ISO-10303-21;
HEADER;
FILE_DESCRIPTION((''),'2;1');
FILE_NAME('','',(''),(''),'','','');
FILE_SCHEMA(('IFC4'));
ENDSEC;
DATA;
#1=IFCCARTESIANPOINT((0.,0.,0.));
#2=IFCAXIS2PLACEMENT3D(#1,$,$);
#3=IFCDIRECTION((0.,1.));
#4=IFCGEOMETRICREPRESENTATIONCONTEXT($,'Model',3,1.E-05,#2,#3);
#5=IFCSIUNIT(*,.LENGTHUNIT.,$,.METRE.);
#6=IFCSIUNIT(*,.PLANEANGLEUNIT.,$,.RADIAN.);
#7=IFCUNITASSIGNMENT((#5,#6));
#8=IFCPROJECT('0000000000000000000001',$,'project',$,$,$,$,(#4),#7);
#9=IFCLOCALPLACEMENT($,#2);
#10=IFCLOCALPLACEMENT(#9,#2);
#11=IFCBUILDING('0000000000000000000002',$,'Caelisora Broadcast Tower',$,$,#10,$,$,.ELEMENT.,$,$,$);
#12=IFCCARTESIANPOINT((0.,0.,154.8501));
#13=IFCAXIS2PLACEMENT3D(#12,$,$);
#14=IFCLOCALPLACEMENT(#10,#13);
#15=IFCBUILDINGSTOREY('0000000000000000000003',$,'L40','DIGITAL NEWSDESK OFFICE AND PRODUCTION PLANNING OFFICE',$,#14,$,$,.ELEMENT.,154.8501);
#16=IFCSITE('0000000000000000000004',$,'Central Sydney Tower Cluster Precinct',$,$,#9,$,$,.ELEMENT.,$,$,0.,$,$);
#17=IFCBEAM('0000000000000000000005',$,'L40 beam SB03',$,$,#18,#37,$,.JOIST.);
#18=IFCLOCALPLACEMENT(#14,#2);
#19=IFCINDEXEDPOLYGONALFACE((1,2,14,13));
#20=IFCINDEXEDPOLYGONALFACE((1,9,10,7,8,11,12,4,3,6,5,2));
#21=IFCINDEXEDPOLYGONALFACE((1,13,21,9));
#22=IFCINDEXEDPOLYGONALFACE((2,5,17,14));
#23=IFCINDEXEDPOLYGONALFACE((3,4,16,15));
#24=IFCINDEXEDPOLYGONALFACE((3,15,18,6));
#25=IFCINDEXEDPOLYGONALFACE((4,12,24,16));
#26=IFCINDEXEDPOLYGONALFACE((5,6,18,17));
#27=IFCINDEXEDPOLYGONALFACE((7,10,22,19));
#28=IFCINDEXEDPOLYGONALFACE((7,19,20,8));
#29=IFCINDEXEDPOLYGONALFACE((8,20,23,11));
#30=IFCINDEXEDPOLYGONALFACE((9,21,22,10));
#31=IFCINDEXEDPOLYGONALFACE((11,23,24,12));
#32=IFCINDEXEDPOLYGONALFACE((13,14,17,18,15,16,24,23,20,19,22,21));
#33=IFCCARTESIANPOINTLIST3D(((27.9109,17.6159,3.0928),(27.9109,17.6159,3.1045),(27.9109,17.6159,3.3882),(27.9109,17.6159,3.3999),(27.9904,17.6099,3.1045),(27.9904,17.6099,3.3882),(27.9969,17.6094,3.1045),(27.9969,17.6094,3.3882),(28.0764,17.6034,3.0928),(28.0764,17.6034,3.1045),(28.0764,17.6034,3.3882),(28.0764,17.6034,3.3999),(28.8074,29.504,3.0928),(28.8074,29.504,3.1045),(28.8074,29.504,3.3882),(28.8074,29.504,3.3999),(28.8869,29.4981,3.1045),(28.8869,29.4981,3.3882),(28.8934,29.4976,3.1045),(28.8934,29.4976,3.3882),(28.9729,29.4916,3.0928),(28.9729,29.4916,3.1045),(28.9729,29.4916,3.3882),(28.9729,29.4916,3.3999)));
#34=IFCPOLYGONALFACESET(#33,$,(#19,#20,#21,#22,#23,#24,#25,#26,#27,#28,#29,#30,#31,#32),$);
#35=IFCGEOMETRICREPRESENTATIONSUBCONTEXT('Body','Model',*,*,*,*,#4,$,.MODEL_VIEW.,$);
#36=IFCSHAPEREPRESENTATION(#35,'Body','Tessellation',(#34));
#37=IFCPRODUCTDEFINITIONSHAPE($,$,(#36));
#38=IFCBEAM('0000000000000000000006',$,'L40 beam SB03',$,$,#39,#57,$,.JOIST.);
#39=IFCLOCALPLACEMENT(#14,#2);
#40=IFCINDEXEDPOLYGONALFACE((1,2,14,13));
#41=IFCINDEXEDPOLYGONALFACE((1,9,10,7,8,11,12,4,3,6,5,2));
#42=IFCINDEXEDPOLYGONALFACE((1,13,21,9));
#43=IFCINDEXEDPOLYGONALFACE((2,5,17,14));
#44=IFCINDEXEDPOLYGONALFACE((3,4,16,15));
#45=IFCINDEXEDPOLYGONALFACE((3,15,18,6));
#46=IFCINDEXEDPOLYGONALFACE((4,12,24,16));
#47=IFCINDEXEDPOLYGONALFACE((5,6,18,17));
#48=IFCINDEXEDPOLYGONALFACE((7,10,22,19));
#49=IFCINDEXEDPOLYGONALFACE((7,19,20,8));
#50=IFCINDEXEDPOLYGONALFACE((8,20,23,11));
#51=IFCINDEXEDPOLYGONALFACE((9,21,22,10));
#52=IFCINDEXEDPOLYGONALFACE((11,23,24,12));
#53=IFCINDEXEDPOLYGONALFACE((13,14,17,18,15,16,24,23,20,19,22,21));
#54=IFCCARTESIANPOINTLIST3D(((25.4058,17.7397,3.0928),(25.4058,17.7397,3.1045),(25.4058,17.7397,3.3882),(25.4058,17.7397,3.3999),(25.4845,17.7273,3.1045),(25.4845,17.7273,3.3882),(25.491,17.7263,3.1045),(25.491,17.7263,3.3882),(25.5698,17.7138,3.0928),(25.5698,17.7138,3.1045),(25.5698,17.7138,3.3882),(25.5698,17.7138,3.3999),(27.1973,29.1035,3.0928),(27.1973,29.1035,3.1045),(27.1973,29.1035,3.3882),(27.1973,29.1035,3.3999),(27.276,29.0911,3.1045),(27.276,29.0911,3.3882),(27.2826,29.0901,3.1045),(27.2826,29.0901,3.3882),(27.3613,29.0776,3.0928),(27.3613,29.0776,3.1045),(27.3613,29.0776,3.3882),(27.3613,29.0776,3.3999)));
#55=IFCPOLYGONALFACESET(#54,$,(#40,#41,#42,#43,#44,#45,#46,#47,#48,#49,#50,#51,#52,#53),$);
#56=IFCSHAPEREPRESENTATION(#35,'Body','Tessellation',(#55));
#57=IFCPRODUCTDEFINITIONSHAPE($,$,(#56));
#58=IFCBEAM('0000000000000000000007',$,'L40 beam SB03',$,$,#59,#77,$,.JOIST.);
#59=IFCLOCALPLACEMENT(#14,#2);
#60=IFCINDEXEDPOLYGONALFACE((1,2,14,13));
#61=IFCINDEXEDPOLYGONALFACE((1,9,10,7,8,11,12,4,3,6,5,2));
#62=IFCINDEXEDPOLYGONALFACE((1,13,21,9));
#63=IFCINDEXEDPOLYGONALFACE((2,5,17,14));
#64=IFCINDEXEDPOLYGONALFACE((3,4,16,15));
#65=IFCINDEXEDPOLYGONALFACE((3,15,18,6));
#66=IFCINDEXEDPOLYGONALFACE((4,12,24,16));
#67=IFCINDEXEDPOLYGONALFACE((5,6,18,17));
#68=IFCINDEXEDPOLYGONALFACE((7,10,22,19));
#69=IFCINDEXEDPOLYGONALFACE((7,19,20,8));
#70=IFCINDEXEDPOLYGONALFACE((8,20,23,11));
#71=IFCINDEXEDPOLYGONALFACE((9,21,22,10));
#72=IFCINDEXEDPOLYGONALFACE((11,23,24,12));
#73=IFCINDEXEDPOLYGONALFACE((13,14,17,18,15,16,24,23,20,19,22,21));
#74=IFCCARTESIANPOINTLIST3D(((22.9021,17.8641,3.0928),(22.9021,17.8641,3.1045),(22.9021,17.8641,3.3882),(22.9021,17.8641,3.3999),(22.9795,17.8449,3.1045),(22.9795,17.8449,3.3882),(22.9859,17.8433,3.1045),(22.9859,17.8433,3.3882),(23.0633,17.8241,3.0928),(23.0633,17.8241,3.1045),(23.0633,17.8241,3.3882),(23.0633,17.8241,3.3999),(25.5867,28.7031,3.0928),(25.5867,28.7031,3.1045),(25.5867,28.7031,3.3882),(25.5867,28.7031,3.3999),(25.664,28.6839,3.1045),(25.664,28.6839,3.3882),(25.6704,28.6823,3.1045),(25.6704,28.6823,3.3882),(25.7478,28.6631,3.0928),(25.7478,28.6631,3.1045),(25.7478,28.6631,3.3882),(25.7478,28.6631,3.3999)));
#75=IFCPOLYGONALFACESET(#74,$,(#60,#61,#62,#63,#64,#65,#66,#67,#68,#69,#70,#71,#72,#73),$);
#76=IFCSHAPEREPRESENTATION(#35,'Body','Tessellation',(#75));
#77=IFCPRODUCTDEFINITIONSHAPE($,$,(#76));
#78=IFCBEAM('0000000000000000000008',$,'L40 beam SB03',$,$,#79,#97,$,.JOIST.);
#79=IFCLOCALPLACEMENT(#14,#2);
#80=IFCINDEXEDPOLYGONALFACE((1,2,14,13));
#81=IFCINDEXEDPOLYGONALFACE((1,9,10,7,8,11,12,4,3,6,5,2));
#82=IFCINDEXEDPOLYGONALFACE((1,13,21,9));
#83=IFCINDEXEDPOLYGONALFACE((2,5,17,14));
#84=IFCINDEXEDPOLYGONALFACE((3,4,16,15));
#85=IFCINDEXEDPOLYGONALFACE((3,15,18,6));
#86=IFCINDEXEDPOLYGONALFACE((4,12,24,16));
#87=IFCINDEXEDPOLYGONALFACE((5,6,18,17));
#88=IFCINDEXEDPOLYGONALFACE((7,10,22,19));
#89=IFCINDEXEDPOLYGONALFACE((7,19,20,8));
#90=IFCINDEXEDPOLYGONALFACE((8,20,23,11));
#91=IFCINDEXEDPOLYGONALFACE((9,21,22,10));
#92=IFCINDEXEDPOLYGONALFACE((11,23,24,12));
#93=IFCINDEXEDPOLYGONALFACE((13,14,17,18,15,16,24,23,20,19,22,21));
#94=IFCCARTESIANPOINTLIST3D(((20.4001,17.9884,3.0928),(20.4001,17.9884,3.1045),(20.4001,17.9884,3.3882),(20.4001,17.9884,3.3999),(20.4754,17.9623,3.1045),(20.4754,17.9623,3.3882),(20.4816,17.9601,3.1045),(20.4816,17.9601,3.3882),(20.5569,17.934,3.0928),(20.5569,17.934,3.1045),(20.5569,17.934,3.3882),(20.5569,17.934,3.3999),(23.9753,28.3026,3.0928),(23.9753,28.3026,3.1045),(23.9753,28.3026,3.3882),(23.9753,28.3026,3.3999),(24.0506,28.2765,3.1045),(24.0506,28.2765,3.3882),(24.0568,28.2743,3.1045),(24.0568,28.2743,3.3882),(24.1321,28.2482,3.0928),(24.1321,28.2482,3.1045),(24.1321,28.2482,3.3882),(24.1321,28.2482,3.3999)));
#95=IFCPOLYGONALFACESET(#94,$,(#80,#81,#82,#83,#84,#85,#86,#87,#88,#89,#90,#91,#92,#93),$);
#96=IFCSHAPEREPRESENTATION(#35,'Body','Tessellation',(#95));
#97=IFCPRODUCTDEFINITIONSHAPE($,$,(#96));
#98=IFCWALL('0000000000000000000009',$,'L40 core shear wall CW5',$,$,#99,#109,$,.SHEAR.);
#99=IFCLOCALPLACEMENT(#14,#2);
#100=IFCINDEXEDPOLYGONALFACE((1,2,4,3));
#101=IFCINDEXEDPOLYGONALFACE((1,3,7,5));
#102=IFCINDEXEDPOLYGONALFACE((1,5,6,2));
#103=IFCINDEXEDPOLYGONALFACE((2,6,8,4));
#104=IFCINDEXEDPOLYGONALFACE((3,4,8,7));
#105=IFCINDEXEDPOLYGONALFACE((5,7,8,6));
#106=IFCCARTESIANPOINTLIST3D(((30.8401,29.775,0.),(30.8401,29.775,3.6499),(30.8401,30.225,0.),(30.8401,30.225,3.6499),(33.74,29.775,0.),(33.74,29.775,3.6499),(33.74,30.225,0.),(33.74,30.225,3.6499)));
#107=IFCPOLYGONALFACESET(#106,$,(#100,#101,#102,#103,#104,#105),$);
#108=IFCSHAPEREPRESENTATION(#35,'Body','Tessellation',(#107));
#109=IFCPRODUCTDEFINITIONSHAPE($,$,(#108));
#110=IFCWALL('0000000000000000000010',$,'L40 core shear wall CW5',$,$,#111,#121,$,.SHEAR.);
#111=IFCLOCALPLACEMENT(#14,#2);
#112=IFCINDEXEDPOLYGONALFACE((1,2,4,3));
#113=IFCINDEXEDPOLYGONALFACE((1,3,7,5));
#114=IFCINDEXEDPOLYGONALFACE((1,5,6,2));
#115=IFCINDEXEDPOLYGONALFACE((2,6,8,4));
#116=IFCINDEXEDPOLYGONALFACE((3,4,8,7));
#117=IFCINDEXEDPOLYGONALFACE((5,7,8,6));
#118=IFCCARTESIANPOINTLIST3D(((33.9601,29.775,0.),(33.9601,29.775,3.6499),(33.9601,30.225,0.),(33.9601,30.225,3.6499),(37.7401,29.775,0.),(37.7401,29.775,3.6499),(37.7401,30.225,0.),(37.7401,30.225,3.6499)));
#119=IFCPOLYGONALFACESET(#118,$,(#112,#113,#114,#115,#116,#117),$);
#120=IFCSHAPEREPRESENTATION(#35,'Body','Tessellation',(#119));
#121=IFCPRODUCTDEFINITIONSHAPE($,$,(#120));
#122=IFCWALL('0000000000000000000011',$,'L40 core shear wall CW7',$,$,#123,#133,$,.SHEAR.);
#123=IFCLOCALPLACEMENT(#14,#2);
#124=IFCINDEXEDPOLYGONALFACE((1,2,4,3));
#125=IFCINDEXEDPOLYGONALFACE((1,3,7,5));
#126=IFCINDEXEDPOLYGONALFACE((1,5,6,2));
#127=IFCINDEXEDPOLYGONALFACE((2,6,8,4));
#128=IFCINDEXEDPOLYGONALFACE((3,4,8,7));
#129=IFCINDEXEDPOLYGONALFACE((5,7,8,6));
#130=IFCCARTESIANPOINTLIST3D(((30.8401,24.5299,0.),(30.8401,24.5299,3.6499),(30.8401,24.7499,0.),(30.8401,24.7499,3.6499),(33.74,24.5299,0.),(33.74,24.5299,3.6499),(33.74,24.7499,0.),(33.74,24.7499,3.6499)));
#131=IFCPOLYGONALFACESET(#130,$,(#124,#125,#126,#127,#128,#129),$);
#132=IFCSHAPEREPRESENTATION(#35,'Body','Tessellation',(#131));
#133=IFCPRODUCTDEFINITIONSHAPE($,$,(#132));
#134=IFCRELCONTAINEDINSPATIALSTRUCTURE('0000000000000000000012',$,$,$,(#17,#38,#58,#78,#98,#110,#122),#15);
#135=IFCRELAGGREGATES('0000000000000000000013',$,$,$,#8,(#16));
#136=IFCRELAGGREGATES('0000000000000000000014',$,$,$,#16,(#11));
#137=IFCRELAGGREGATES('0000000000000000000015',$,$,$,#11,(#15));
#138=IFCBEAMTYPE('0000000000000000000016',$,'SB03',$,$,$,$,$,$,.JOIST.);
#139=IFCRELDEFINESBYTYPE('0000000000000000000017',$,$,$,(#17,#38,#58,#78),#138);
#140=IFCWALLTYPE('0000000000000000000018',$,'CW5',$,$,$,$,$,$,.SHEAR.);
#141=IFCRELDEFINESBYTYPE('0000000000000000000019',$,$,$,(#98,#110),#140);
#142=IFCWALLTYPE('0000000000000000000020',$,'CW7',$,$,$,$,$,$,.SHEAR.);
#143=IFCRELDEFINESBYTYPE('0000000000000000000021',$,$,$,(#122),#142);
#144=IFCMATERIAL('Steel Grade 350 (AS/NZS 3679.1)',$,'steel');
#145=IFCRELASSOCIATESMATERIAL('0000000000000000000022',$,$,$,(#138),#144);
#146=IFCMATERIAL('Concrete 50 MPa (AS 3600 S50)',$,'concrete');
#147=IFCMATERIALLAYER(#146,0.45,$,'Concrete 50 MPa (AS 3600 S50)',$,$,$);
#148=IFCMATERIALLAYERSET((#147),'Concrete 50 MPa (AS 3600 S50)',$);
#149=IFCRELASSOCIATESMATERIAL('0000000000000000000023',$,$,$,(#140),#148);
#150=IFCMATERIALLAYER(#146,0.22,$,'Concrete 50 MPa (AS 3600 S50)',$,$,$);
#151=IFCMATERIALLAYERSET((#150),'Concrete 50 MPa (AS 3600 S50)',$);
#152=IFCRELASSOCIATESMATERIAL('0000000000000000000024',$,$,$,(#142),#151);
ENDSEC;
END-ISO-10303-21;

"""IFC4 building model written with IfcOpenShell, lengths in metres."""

from ifc_helpers import new_model, si_unit, direction, frame, frame_2d, origin, origin_2d, place, context, subcontext, project, spatial, rectangle, i_section, extrude, source, transform, mapped, material, layer, layer_set, material_profile, profile_set, type_object, type_shapes, element, save


model = new_model("IFC4")

# Units and contexts
model_context = context("Model", 3, precision=1e-05, world=origin(), true_north=direction((0.0, 1.0)))
body_context = subcontext(model_context, "Body", "Model", "MODEL_VIEW")
ifc_project = project(units=[si_unit("LENGTHUNIT", "METRE"), si_unit("PLANEANGLEUNIT", "RADIAN")], contexts=[model_context])

# Site, building, storey
site_placement = place(None, origin())
site = spatial("IfcSite", under=ifc_project, at=site_placement, Name="Central Sydney Tower Cluster Precinct", CompositionType="ELEMENT", RefElevation=0.0)
building_placement = place(site_placement, origin())
building = spatial("IfcBuilding", under=site, at=building_placement, Name="Caelisora Broadcast Tower", CompositionType="ELEMENT")
storey_placement = place(building_placement, frame((0.0, 0.0, 154.8501)))
storey = spatial("IfcBuildingStorey", under=building, at=storey_placement, Name="L40", Description="DIGITAL NEWSDESK OFFICE AND PRODUCTION PLANNING OFFICE", CompositionType="ELEMENT", Elevation=154.8501)

# Beams
ifc_material_1 = material(Name="Steel Grade 350 (AS/NZS 3679.1)", Category="steel")
ifc_material_profile_1 = material_profile(ifc_material_1, i_section(OverallWidth=0.166, OverallDepth=0.3071, WebThickness=0.0066, FlangeThickness=0.0117, at=origin_2d()), Name="Steel Grade 350 (AS/NZS 3679.1)")
ifc_profile_set_1 = profile_set([ifc_material_profile_1], Name="Steel Grade 350 (AS/NZS 3679.1)")
beam_type_1 = type_object("IfcBeamType", Name="SB03", PredefinedType="JOIST", material=ifc_profile_set_1)
shared_shape_1 = source(origin(), body_context, "Body", "SweptSolid", [
    extrude(i_section(OverallWidth=0.166, OverallDepth=0.3071, WebThickness=0.0066, FlangeThickness=0.0117, at=origin_2d()), origin(), (0.0, 0.0, 1.0), 11.9219),
])
beam_1_placement = place(storey_placement, frame((28.8901, 29.4978, 3.2463), z_axis=(-0.075196, -0.997169, 0.0), x_axis=(0.997169, -0.075196, 0.0)))
element("IfcBeam", 1, at=beam_1_placement, inside=storey, type_object=beam_type_1, Name="L40 beam SB03", PredefinedType="JOIST", context=body_context, shape_type="MappedRepresentation", body=[
    mapped(shared_shape_1, transform((0.0, 0.0, 0.0), scale=1.0)),
])
shared_shape_2 = source(origin(), body_context, "Body", "SweptSolid", [
    extrude(i_section(OverallWidth=0.166, OverallDepth=0.3071, WebThickness=0.0066, FlangeThickness=0.0117, at=origin_2d()), origin(), (0.0, 0.0, 1.0), 11.5042),
])
beam_2_placement = place(storey_placement, frame((27.2793, 29.0906, 3.2463), z_axis=(-0.155727, -0.9878, 0.0), x_axis=(0.9878, -0.155727, 0.0)))
element("IfcBeam", 2, at=beam_2_placement, inside=storey, type_object=beam_type_1, Name="L40 beam SB03", PredefinedType="JOIST", context=body_context, shape_type="MappedRepresentation", body=[
    mapped(shared_shape_2, transform((0.0, 0.0, 0.0), scale=1.0)),
])
shared_shape_3 = source(origin(), body_context, "Body", "SweptSolid", [
    extrude(i_section(OverallWidth=0.166, OverallDepth=0.3071, WebThickness=0.0066, FlangeThickness=0.0117, at=origin_2d()), origin(), (0.0, 0.0, 1.0), 11.1665),
])
beam_3_placement = place(storey_placement, frame((25.6672, 28.6831, 3.2463), z_axis=(-0.24041, -0.970671, 0.0), x_axis=(0.970671, -0.24041, 0.0)))
element("IfcBeam", 3, at=beam_3_placement, inside=storey, type_object=beam_type_1, Name="L40 beam SB03", PredefinedType="JOIST", context=body_context, shape_type="MappedRepresentation", body=[
    mapped(shared_shape_3, transform((0.0, 0.0, 0.0), scale=1.0)),
])
shared_shape_4 = source(origin(), body_context, "Body", "SweptSolid", [
    extrude(i_section(OverallWidth=0.166, OverallDepth=0.3071, WebThickness=0.0066, FlangeThickness=0.0117, at=origin_2d()), origin(), (0.0, 0.0, 1.0), 10.9163),
])
type_shapes(beam_type_1, [shared_shape_1, shared_shape_2, shared_shape_3, shared_shape_4])
beam_4_placement = place(storey_placement, frame((24.0537, 28.2754, 3.2463), z_axis=(-0.327511, -0.944847, 0.0), x_axis=(0.944847, -0.327511, 0.0)))
element("IfcBeam", 4, at=beam_4_placement, inside=storey, type_object=beam_type_1, Name="L40 beam SB03", PredefinedType="JOIST", context=body_context, shape_type="MappedRepresentation", body=[
    mapped(shared_shape_4, transform((0.0, 0.0, 0.0), scale=1.0)),
])

# Walls
ifc_material_2 = material(Name="Concrete 50 MPa (AS 3600 S50)", Category="concrete")
ifc_layer_1 = layer(ifc_material_2, 0.45, Name="Concrete 50 MPa (AS 3600 S50)")
ifc_layer_set_1 = layer_set([ifc_layer_1], Name="Concrete 50 MPa (AS 3600 S50)")
wall_type_1 = type_object("IfcWallType", Name="CW5", PredefinedType="SHEAR", material=ifc_layer_set_1)
wall_1_placement = place(storey_placement, frame((30.8401, 30.0, 0.0), z_axis=(0.0, 0.0, 1.0), x_axis=(1.0, 0.0, 0.0)))
element("IfcWall", 5, at=wall_1_placement, inside=storey, type_object=wall_type_1, Name="L40 core shear wall CW5", PredefinedType="SHEAR", context=body_context, shape_type="SweptSolid", body=[
    extrude(rectangle(XDim=2.8999, YDim=0.45, at=frame_2d((1.45, 0.0))), origin(), (0.0, 0.0, 1.0), 3.6499),
])
wall_2_placement = place(storey_placement, frame((33.96, 30.0, 0.0), z_axis=(0.0, 0.0, 1.0), x_axis=(1.0, 0.0, 0.0)))
element("IfcWall", 6, at=wall_2_placement, inside=storey, type_object=wall_type_1, Name="L40 core shear wall CW5", PredefinedType="SHEAR", context=body_context, shape_type="SweptSolid", body=[
    extrude(rectangle(XDim=3.78, YDim=0.45, at=frame_2d((1.8901, 0.0))), origin(), (0.0, 0.0, 1.0), 3.6499),
])
ifc_layer_2 = layer(ifc_material_2, 0.22, Name="Concrete 50 MPa (AS 3600 S50)")
ifc_layer_set_2 = layer_set([ifc_layer_2], Name="Concrete 50 MPa (AS 3600 S50)")
wall_type_2 = type_object("IfcWallType", Name="CW7", PredefinedType="SHEAR", material=ifc_layer_set_2)
wall_3_placement = place(storey_placement, frame((30.8401, 24.6399, 0.0), z_axis=(0.0, 0.0, 1.0), x_axis=(1.0, 0.0, 0.0)))
element("IfcWall", 7, at=wall_3_placement, inside=storey, type_object=wall_type_2, Name="L40 core shear wall CW7", PredefinedType="SHEAR", context=body_context, shape_type="SweptSolid", body=[
    extrude(rectangle(XDim=2.8999, YDim=0.22, at=frame_2d((1.45, 0.0))), origin(), (0.0, 0.0, 1.0), 3.6499),
])

save(model, "model.ifc")
